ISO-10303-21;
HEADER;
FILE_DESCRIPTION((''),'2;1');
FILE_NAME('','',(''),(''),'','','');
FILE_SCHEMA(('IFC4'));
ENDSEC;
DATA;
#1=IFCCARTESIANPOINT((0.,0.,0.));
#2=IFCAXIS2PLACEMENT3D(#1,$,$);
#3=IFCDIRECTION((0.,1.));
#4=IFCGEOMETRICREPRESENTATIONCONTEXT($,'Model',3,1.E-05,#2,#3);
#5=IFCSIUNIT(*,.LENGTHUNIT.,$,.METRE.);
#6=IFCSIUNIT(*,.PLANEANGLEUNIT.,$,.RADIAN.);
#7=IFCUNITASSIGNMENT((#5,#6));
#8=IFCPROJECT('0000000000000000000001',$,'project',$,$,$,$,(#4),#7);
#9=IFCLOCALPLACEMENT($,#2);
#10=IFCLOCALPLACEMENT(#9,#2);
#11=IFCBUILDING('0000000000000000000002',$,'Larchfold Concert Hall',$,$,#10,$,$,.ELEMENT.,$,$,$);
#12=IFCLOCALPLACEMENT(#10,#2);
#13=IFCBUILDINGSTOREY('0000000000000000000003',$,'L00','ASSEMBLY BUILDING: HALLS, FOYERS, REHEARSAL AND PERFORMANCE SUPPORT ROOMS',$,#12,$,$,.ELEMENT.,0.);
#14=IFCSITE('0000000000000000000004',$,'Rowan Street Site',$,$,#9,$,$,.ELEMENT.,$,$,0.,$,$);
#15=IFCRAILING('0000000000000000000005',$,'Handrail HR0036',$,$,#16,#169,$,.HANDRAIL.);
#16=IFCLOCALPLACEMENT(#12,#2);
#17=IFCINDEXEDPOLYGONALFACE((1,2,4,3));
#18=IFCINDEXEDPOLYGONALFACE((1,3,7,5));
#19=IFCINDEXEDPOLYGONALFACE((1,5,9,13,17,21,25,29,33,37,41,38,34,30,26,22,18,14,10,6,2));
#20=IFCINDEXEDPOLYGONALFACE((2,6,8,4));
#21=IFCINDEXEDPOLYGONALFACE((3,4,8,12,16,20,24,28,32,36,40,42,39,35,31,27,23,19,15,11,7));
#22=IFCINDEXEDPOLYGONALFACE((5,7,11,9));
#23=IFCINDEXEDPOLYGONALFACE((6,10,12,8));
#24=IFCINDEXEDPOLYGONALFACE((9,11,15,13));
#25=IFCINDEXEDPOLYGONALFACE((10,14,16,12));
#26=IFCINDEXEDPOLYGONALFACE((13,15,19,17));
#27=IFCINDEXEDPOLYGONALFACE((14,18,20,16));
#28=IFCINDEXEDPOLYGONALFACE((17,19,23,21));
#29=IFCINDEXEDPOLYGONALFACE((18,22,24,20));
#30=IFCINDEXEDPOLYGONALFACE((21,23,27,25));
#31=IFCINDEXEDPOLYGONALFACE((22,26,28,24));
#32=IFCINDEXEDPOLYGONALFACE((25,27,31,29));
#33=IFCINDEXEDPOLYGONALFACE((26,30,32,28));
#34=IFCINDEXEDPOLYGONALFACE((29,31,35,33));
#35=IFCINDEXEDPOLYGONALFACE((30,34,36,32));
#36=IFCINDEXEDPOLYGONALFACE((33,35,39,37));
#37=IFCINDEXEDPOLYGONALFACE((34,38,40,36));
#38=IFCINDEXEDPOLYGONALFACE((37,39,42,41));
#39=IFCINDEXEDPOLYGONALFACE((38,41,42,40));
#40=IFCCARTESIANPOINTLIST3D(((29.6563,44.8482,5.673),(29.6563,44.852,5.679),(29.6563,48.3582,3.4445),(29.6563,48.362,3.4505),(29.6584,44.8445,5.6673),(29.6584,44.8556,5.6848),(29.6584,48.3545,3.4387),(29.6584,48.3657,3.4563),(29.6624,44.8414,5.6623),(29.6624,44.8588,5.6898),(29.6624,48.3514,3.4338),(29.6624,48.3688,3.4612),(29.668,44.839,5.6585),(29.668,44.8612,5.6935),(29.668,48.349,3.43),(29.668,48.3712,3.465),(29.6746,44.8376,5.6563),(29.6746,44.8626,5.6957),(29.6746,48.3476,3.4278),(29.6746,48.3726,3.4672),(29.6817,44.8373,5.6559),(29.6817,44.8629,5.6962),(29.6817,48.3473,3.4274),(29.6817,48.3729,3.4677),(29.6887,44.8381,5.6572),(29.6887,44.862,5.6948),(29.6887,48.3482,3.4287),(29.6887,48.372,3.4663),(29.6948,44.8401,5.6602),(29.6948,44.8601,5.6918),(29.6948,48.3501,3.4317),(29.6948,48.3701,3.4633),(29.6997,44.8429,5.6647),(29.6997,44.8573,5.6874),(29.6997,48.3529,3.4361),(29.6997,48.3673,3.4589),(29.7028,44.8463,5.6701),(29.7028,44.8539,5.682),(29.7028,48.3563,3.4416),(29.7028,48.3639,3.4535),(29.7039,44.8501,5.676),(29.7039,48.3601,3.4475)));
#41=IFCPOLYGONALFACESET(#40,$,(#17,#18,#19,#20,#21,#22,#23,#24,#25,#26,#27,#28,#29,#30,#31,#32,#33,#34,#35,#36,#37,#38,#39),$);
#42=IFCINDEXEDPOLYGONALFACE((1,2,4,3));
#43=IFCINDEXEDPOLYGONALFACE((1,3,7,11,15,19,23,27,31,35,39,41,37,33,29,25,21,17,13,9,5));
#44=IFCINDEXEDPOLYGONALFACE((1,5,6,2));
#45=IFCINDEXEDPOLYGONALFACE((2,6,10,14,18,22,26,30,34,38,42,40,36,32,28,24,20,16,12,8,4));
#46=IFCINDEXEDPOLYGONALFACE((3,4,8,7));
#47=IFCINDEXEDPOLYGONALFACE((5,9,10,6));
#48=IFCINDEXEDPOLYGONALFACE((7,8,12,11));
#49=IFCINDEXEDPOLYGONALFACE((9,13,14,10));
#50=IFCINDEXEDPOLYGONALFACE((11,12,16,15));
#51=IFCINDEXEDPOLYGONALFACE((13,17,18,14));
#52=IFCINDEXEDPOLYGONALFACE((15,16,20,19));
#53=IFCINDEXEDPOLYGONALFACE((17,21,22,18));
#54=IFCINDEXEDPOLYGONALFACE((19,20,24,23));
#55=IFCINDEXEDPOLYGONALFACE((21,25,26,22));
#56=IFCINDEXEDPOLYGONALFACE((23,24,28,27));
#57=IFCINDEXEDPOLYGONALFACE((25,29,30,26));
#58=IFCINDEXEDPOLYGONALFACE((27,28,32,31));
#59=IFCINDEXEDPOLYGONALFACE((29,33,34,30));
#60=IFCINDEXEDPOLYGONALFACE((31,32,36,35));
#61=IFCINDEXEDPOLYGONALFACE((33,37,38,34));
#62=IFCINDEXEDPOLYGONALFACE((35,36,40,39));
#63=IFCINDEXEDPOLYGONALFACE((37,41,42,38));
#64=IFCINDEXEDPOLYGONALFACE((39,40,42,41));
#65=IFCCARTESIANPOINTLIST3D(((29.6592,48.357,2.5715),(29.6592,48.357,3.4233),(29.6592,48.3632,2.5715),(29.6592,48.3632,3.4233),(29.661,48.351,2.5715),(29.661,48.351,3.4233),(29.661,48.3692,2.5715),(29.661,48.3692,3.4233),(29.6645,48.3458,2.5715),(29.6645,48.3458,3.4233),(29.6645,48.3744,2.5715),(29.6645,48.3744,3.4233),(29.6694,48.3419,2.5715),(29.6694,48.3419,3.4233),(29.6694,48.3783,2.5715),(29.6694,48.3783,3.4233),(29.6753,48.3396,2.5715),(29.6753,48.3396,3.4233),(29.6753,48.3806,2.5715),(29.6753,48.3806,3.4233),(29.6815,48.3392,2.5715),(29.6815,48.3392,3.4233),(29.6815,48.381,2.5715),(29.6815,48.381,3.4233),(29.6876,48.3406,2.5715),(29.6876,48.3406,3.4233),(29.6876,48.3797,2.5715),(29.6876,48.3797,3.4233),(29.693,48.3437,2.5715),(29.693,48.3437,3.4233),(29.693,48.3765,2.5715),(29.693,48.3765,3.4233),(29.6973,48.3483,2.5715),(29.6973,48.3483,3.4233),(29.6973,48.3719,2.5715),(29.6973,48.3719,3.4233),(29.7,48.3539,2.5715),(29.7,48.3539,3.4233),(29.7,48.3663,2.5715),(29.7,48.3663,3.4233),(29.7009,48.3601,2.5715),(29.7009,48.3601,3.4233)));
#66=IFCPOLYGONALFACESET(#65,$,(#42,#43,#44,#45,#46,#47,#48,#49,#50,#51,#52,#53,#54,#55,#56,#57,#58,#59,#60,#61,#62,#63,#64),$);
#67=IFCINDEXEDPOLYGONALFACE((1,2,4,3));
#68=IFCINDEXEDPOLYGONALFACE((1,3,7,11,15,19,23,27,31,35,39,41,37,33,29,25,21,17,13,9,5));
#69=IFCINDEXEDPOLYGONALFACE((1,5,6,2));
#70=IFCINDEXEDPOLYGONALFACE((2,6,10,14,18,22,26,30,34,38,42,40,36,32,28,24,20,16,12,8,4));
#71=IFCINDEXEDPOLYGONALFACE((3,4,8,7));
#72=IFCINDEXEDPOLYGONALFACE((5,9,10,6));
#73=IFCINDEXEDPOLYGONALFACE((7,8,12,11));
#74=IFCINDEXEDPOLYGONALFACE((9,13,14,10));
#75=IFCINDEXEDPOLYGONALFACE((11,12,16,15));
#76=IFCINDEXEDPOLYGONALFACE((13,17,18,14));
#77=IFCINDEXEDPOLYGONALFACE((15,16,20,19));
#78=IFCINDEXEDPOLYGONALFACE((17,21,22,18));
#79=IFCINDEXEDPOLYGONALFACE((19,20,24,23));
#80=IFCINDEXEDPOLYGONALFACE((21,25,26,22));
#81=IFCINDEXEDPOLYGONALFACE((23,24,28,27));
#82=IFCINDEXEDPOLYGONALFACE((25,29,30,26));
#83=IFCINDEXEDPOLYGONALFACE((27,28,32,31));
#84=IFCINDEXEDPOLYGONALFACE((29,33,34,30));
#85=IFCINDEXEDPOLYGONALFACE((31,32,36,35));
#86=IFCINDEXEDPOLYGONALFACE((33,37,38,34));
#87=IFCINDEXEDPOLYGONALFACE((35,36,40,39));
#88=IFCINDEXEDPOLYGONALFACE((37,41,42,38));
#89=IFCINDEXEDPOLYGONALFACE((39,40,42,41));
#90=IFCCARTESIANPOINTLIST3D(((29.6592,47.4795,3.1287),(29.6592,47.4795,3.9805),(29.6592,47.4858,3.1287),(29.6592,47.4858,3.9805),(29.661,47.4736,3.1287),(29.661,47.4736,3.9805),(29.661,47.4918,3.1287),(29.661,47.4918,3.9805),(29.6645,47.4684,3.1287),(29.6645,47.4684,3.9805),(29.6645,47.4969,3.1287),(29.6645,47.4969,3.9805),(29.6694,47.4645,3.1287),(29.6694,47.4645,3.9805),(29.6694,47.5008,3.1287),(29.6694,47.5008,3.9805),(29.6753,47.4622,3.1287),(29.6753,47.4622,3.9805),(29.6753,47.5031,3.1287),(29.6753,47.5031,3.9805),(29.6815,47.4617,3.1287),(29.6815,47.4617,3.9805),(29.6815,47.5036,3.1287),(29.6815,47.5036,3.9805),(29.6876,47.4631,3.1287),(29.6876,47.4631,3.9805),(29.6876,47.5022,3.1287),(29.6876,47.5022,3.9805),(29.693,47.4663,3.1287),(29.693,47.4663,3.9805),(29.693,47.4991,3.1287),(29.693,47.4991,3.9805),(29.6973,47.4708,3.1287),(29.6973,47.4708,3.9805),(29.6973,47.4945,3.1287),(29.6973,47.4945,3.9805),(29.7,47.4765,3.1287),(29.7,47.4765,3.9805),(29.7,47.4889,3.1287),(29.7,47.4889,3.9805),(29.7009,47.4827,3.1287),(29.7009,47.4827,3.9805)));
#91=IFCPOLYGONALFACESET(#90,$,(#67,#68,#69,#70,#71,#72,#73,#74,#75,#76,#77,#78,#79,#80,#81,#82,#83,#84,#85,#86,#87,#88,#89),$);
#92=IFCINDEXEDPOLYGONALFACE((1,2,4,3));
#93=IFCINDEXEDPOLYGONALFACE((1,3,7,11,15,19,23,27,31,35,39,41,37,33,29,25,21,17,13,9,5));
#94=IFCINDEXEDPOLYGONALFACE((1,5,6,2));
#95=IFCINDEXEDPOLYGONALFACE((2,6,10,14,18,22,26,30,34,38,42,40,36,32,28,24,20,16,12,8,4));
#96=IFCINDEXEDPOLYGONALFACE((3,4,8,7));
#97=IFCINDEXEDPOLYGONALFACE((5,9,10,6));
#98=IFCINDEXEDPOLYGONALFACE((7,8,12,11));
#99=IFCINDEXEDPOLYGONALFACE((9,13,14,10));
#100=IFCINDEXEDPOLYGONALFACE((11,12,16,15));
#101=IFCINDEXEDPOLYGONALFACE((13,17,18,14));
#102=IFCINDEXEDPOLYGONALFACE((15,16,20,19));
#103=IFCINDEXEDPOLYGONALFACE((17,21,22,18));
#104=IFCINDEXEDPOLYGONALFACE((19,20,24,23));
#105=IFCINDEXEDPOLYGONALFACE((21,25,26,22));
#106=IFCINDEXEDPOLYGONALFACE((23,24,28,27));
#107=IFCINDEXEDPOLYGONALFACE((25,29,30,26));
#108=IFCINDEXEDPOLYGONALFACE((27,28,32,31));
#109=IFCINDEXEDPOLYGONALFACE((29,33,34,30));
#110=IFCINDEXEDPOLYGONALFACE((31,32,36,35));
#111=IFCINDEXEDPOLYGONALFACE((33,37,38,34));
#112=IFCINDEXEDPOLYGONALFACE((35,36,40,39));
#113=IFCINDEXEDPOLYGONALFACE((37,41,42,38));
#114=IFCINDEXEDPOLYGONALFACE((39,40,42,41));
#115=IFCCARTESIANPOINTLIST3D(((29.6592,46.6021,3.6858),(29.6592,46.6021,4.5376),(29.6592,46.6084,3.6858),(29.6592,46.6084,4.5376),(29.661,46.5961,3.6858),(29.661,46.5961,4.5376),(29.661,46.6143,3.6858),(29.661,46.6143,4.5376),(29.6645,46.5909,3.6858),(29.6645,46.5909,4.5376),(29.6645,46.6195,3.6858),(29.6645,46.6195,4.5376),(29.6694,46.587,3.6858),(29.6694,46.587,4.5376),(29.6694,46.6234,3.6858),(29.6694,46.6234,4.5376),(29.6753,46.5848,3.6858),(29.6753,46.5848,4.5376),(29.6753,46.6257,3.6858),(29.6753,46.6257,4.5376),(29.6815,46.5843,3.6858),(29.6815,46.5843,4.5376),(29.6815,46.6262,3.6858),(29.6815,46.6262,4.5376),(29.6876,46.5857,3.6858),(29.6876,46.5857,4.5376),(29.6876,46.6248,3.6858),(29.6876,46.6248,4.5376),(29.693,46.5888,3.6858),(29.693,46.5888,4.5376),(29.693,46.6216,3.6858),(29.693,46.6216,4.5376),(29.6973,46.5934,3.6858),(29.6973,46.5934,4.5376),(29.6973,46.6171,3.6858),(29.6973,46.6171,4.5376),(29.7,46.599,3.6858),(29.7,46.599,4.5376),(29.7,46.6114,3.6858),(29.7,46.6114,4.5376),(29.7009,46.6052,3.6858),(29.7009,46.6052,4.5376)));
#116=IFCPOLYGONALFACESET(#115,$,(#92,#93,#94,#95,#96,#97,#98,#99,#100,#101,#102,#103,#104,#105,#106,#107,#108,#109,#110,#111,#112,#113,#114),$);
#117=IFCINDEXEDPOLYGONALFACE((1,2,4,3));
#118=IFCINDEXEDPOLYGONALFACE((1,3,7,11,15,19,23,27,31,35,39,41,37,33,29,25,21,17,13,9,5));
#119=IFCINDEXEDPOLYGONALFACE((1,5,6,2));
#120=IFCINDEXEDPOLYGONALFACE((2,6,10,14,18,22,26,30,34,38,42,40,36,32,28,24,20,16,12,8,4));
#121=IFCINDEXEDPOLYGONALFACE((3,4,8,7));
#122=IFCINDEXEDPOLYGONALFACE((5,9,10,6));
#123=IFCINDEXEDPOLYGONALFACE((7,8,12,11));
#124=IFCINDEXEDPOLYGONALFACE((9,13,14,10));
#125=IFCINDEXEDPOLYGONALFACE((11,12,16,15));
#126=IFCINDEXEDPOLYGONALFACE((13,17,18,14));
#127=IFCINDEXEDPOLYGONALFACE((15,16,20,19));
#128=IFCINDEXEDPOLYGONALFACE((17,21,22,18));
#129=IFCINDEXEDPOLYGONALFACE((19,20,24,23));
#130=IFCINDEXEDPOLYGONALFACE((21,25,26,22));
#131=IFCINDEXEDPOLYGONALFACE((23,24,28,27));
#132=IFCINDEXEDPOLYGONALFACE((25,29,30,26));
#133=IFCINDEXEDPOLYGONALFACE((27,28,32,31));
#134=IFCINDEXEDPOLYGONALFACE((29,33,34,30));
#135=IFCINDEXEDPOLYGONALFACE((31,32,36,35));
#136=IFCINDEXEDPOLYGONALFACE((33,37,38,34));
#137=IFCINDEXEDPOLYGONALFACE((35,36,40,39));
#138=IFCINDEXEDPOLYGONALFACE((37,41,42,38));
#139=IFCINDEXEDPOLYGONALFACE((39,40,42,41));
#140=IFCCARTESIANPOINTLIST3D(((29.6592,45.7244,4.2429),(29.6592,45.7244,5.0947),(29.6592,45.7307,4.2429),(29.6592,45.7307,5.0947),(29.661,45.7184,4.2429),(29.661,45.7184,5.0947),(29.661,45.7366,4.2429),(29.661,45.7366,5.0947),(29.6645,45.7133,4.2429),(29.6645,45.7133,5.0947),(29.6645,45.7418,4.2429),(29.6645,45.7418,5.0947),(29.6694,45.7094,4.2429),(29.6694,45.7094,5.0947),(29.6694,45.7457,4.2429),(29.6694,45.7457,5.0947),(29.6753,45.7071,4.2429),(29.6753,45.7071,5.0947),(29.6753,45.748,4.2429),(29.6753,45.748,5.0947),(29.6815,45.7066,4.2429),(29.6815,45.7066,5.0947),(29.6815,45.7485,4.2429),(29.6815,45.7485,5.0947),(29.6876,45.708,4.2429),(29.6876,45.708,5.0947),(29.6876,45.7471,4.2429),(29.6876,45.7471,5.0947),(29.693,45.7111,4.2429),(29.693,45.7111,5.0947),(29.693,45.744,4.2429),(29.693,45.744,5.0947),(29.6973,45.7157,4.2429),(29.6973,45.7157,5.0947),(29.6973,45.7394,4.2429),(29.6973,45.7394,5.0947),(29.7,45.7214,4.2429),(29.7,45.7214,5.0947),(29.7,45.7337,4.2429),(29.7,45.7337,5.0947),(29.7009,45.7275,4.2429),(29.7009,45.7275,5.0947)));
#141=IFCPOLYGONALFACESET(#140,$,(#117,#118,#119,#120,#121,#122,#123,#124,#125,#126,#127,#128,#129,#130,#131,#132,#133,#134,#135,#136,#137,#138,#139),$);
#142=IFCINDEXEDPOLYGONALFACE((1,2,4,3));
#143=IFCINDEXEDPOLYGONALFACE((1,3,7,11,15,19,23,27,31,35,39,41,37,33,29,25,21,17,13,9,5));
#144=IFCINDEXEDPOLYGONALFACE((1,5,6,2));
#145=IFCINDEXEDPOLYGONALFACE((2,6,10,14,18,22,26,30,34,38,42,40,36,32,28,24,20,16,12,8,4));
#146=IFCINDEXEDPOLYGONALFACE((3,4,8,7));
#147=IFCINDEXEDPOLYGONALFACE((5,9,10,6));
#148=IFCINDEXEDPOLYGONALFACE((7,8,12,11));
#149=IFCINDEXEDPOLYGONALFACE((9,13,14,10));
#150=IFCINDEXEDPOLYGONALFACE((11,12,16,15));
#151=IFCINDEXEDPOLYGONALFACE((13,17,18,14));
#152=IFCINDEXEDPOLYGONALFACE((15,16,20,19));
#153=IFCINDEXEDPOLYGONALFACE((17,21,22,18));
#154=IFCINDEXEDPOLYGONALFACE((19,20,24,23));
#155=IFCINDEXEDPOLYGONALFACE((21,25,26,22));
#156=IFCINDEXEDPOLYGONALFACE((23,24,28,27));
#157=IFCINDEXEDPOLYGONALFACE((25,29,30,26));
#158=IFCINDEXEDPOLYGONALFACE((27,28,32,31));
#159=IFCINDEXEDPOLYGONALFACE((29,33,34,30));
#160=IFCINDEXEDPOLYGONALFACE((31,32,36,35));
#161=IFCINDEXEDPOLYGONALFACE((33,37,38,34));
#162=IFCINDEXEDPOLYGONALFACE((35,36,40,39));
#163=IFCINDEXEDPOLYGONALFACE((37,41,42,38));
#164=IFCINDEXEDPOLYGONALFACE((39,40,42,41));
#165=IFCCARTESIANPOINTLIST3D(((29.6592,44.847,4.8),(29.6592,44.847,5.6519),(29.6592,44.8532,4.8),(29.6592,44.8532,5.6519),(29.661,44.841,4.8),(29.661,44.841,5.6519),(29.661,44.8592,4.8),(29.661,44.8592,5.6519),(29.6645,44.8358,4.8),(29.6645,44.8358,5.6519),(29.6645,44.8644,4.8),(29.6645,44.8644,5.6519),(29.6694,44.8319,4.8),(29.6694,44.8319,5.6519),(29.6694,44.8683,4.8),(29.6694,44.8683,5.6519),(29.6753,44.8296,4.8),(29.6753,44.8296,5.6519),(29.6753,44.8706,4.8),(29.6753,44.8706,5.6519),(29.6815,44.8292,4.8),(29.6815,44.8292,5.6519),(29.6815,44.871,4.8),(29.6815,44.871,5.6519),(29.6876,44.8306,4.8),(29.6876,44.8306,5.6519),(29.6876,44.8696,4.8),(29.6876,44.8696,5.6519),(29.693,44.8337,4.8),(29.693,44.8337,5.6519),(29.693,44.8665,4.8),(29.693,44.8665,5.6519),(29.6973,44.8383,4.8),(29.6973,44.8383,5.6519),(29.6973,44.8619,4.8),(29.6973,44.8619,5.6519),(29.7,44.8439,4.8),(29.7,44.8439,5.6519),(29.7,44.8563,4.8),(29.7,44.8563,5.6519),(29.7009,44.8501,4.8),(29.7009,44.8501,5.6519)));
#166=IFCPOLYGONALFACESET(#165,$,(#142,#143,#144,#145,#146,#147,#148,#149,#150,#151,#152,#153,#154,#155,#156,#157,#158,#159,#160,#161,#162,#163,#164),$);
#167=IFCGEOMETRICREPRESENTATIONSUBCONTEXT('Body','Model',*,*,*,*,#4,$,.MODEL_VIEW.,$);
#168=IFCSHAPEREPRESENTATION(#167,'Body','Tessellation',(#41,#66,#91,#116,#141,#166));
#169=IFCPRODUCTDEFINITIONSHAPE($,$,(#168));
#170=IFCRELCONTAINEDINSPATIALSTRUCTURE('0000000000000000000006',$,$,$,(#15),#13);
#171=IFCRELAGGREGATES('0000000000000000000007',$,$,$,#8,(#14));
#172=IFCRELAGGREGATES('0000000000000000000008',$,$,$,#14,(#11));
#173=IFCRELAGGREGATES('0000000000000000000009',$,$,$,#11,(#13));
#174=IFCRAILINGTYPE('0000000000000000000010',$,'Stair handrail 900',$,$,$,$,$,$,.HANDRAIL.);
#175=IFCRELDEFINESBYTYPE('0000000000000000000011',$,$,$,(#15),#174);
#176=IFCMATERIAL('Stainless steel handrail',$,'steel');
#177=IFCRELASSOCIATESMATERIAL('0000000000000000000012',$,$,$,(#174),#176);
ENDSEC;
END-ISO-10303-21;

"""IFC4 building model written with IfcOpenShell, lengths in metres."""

from ifc_helpers import new_model, si_unit, direction, frame, origin, origin_2d, place, context, subcontext, project, spatial, circle, extrude, material, type_object, element, save


model = new_model("IFC4")

# Units and contexts
model_context = context("Model", 3, precision=1e-05, world=origin(), true_north=direction((0.0, 1.0)))
body_context = subcontext(model_context, "Body", "Model", "MODEL_VIEW")
ifc_project = project(units=[si_unit("LENGTHUNIT", "METRE"), si_unit("PLANEANGLEUNIT", "RADIAN")], contexts=[model_context])

# Site, building, storey
site_placement = place(None, origin())
site = spatial("IfcSite", under=ifc_project, at=site_placement, Name="Rowan Street Site", CompositionType="ELEMENT", RefElevation=0.0)
building_placement = place(site_placement, origin())
building = spatial("IfcBuilding", under=site, at=building_placement, Name="Larchfold Concert Hall", CompositionType="ELEMENT")
storey_placement = place(building_placement, origin())
storey = spatial("IfcBuildingStorey", under=building, at=storey_placement, Name="L00", Description="ASSEMBLY BUILDING: HALLS, FOYERS, REHEARSAL AND PERFORMANCE SUPPORT ROOMS", CompositionType="ELEMENT", Elevation=0.0)

# Railing
ifc_material_1 = material(Name="Stainless steel handrail", Category="steel")
railing_type_1 = type_object("IfcRailingType", Name="Stair handrail 900", PredefinedType="HANDRAIL", material=ifc_material_1)
for number, where, name in (
    (1, (29.6799, 48.3601, 2.5715), "Handrail HR0036"),
):
    element("IfcRailing", number, at=place(storey_placement, frame(where)), inside=storey, type_object=railing_type_1, Name=name, PredefinedType="HANDRAIL", context=body_context, shape_type="SweptSolid", body=[
        extrude(circle(Radius=0.0239, at=origin_2d()), frame((0.0, 0.0, 0.876), z_axis=(0.0, -0.84422, 0.535998), x_axis=(1.0, 0.0, 0.0)), (0.0, 0.0, 1.0), 4.1577),
        extrude(circle(Radius=0.021, at=origin_2d()), origin(), (0.0, 0.0, 1.0), 0.8518),
        extrude(circle(Radius=0.021, at=origin_2d()), frame((0.0, -0.8774, 0.5571)), (0.0, 0.0, 1.0), 0.8518),
        extrude(circle(Radius=0.021, at=origin_2d()), frame((0.0, -1.7549, 1.1143)), (0.0, 0.0, 1.0), 0.8518),
        extrude(circle(Radius=0.021, at=origin_2d()), frame((0.0, -2.6326, 1.6714)), (0.0, 0.0, 1.0), 0.8518),
        extrude(circle(Radius=0.021, at=origin_2d()), frame((0.0, -3.51, 2.2285)), (0.0, 0.0, 1.0), 0.8518),
    ])

save(model, "model.ifc")
